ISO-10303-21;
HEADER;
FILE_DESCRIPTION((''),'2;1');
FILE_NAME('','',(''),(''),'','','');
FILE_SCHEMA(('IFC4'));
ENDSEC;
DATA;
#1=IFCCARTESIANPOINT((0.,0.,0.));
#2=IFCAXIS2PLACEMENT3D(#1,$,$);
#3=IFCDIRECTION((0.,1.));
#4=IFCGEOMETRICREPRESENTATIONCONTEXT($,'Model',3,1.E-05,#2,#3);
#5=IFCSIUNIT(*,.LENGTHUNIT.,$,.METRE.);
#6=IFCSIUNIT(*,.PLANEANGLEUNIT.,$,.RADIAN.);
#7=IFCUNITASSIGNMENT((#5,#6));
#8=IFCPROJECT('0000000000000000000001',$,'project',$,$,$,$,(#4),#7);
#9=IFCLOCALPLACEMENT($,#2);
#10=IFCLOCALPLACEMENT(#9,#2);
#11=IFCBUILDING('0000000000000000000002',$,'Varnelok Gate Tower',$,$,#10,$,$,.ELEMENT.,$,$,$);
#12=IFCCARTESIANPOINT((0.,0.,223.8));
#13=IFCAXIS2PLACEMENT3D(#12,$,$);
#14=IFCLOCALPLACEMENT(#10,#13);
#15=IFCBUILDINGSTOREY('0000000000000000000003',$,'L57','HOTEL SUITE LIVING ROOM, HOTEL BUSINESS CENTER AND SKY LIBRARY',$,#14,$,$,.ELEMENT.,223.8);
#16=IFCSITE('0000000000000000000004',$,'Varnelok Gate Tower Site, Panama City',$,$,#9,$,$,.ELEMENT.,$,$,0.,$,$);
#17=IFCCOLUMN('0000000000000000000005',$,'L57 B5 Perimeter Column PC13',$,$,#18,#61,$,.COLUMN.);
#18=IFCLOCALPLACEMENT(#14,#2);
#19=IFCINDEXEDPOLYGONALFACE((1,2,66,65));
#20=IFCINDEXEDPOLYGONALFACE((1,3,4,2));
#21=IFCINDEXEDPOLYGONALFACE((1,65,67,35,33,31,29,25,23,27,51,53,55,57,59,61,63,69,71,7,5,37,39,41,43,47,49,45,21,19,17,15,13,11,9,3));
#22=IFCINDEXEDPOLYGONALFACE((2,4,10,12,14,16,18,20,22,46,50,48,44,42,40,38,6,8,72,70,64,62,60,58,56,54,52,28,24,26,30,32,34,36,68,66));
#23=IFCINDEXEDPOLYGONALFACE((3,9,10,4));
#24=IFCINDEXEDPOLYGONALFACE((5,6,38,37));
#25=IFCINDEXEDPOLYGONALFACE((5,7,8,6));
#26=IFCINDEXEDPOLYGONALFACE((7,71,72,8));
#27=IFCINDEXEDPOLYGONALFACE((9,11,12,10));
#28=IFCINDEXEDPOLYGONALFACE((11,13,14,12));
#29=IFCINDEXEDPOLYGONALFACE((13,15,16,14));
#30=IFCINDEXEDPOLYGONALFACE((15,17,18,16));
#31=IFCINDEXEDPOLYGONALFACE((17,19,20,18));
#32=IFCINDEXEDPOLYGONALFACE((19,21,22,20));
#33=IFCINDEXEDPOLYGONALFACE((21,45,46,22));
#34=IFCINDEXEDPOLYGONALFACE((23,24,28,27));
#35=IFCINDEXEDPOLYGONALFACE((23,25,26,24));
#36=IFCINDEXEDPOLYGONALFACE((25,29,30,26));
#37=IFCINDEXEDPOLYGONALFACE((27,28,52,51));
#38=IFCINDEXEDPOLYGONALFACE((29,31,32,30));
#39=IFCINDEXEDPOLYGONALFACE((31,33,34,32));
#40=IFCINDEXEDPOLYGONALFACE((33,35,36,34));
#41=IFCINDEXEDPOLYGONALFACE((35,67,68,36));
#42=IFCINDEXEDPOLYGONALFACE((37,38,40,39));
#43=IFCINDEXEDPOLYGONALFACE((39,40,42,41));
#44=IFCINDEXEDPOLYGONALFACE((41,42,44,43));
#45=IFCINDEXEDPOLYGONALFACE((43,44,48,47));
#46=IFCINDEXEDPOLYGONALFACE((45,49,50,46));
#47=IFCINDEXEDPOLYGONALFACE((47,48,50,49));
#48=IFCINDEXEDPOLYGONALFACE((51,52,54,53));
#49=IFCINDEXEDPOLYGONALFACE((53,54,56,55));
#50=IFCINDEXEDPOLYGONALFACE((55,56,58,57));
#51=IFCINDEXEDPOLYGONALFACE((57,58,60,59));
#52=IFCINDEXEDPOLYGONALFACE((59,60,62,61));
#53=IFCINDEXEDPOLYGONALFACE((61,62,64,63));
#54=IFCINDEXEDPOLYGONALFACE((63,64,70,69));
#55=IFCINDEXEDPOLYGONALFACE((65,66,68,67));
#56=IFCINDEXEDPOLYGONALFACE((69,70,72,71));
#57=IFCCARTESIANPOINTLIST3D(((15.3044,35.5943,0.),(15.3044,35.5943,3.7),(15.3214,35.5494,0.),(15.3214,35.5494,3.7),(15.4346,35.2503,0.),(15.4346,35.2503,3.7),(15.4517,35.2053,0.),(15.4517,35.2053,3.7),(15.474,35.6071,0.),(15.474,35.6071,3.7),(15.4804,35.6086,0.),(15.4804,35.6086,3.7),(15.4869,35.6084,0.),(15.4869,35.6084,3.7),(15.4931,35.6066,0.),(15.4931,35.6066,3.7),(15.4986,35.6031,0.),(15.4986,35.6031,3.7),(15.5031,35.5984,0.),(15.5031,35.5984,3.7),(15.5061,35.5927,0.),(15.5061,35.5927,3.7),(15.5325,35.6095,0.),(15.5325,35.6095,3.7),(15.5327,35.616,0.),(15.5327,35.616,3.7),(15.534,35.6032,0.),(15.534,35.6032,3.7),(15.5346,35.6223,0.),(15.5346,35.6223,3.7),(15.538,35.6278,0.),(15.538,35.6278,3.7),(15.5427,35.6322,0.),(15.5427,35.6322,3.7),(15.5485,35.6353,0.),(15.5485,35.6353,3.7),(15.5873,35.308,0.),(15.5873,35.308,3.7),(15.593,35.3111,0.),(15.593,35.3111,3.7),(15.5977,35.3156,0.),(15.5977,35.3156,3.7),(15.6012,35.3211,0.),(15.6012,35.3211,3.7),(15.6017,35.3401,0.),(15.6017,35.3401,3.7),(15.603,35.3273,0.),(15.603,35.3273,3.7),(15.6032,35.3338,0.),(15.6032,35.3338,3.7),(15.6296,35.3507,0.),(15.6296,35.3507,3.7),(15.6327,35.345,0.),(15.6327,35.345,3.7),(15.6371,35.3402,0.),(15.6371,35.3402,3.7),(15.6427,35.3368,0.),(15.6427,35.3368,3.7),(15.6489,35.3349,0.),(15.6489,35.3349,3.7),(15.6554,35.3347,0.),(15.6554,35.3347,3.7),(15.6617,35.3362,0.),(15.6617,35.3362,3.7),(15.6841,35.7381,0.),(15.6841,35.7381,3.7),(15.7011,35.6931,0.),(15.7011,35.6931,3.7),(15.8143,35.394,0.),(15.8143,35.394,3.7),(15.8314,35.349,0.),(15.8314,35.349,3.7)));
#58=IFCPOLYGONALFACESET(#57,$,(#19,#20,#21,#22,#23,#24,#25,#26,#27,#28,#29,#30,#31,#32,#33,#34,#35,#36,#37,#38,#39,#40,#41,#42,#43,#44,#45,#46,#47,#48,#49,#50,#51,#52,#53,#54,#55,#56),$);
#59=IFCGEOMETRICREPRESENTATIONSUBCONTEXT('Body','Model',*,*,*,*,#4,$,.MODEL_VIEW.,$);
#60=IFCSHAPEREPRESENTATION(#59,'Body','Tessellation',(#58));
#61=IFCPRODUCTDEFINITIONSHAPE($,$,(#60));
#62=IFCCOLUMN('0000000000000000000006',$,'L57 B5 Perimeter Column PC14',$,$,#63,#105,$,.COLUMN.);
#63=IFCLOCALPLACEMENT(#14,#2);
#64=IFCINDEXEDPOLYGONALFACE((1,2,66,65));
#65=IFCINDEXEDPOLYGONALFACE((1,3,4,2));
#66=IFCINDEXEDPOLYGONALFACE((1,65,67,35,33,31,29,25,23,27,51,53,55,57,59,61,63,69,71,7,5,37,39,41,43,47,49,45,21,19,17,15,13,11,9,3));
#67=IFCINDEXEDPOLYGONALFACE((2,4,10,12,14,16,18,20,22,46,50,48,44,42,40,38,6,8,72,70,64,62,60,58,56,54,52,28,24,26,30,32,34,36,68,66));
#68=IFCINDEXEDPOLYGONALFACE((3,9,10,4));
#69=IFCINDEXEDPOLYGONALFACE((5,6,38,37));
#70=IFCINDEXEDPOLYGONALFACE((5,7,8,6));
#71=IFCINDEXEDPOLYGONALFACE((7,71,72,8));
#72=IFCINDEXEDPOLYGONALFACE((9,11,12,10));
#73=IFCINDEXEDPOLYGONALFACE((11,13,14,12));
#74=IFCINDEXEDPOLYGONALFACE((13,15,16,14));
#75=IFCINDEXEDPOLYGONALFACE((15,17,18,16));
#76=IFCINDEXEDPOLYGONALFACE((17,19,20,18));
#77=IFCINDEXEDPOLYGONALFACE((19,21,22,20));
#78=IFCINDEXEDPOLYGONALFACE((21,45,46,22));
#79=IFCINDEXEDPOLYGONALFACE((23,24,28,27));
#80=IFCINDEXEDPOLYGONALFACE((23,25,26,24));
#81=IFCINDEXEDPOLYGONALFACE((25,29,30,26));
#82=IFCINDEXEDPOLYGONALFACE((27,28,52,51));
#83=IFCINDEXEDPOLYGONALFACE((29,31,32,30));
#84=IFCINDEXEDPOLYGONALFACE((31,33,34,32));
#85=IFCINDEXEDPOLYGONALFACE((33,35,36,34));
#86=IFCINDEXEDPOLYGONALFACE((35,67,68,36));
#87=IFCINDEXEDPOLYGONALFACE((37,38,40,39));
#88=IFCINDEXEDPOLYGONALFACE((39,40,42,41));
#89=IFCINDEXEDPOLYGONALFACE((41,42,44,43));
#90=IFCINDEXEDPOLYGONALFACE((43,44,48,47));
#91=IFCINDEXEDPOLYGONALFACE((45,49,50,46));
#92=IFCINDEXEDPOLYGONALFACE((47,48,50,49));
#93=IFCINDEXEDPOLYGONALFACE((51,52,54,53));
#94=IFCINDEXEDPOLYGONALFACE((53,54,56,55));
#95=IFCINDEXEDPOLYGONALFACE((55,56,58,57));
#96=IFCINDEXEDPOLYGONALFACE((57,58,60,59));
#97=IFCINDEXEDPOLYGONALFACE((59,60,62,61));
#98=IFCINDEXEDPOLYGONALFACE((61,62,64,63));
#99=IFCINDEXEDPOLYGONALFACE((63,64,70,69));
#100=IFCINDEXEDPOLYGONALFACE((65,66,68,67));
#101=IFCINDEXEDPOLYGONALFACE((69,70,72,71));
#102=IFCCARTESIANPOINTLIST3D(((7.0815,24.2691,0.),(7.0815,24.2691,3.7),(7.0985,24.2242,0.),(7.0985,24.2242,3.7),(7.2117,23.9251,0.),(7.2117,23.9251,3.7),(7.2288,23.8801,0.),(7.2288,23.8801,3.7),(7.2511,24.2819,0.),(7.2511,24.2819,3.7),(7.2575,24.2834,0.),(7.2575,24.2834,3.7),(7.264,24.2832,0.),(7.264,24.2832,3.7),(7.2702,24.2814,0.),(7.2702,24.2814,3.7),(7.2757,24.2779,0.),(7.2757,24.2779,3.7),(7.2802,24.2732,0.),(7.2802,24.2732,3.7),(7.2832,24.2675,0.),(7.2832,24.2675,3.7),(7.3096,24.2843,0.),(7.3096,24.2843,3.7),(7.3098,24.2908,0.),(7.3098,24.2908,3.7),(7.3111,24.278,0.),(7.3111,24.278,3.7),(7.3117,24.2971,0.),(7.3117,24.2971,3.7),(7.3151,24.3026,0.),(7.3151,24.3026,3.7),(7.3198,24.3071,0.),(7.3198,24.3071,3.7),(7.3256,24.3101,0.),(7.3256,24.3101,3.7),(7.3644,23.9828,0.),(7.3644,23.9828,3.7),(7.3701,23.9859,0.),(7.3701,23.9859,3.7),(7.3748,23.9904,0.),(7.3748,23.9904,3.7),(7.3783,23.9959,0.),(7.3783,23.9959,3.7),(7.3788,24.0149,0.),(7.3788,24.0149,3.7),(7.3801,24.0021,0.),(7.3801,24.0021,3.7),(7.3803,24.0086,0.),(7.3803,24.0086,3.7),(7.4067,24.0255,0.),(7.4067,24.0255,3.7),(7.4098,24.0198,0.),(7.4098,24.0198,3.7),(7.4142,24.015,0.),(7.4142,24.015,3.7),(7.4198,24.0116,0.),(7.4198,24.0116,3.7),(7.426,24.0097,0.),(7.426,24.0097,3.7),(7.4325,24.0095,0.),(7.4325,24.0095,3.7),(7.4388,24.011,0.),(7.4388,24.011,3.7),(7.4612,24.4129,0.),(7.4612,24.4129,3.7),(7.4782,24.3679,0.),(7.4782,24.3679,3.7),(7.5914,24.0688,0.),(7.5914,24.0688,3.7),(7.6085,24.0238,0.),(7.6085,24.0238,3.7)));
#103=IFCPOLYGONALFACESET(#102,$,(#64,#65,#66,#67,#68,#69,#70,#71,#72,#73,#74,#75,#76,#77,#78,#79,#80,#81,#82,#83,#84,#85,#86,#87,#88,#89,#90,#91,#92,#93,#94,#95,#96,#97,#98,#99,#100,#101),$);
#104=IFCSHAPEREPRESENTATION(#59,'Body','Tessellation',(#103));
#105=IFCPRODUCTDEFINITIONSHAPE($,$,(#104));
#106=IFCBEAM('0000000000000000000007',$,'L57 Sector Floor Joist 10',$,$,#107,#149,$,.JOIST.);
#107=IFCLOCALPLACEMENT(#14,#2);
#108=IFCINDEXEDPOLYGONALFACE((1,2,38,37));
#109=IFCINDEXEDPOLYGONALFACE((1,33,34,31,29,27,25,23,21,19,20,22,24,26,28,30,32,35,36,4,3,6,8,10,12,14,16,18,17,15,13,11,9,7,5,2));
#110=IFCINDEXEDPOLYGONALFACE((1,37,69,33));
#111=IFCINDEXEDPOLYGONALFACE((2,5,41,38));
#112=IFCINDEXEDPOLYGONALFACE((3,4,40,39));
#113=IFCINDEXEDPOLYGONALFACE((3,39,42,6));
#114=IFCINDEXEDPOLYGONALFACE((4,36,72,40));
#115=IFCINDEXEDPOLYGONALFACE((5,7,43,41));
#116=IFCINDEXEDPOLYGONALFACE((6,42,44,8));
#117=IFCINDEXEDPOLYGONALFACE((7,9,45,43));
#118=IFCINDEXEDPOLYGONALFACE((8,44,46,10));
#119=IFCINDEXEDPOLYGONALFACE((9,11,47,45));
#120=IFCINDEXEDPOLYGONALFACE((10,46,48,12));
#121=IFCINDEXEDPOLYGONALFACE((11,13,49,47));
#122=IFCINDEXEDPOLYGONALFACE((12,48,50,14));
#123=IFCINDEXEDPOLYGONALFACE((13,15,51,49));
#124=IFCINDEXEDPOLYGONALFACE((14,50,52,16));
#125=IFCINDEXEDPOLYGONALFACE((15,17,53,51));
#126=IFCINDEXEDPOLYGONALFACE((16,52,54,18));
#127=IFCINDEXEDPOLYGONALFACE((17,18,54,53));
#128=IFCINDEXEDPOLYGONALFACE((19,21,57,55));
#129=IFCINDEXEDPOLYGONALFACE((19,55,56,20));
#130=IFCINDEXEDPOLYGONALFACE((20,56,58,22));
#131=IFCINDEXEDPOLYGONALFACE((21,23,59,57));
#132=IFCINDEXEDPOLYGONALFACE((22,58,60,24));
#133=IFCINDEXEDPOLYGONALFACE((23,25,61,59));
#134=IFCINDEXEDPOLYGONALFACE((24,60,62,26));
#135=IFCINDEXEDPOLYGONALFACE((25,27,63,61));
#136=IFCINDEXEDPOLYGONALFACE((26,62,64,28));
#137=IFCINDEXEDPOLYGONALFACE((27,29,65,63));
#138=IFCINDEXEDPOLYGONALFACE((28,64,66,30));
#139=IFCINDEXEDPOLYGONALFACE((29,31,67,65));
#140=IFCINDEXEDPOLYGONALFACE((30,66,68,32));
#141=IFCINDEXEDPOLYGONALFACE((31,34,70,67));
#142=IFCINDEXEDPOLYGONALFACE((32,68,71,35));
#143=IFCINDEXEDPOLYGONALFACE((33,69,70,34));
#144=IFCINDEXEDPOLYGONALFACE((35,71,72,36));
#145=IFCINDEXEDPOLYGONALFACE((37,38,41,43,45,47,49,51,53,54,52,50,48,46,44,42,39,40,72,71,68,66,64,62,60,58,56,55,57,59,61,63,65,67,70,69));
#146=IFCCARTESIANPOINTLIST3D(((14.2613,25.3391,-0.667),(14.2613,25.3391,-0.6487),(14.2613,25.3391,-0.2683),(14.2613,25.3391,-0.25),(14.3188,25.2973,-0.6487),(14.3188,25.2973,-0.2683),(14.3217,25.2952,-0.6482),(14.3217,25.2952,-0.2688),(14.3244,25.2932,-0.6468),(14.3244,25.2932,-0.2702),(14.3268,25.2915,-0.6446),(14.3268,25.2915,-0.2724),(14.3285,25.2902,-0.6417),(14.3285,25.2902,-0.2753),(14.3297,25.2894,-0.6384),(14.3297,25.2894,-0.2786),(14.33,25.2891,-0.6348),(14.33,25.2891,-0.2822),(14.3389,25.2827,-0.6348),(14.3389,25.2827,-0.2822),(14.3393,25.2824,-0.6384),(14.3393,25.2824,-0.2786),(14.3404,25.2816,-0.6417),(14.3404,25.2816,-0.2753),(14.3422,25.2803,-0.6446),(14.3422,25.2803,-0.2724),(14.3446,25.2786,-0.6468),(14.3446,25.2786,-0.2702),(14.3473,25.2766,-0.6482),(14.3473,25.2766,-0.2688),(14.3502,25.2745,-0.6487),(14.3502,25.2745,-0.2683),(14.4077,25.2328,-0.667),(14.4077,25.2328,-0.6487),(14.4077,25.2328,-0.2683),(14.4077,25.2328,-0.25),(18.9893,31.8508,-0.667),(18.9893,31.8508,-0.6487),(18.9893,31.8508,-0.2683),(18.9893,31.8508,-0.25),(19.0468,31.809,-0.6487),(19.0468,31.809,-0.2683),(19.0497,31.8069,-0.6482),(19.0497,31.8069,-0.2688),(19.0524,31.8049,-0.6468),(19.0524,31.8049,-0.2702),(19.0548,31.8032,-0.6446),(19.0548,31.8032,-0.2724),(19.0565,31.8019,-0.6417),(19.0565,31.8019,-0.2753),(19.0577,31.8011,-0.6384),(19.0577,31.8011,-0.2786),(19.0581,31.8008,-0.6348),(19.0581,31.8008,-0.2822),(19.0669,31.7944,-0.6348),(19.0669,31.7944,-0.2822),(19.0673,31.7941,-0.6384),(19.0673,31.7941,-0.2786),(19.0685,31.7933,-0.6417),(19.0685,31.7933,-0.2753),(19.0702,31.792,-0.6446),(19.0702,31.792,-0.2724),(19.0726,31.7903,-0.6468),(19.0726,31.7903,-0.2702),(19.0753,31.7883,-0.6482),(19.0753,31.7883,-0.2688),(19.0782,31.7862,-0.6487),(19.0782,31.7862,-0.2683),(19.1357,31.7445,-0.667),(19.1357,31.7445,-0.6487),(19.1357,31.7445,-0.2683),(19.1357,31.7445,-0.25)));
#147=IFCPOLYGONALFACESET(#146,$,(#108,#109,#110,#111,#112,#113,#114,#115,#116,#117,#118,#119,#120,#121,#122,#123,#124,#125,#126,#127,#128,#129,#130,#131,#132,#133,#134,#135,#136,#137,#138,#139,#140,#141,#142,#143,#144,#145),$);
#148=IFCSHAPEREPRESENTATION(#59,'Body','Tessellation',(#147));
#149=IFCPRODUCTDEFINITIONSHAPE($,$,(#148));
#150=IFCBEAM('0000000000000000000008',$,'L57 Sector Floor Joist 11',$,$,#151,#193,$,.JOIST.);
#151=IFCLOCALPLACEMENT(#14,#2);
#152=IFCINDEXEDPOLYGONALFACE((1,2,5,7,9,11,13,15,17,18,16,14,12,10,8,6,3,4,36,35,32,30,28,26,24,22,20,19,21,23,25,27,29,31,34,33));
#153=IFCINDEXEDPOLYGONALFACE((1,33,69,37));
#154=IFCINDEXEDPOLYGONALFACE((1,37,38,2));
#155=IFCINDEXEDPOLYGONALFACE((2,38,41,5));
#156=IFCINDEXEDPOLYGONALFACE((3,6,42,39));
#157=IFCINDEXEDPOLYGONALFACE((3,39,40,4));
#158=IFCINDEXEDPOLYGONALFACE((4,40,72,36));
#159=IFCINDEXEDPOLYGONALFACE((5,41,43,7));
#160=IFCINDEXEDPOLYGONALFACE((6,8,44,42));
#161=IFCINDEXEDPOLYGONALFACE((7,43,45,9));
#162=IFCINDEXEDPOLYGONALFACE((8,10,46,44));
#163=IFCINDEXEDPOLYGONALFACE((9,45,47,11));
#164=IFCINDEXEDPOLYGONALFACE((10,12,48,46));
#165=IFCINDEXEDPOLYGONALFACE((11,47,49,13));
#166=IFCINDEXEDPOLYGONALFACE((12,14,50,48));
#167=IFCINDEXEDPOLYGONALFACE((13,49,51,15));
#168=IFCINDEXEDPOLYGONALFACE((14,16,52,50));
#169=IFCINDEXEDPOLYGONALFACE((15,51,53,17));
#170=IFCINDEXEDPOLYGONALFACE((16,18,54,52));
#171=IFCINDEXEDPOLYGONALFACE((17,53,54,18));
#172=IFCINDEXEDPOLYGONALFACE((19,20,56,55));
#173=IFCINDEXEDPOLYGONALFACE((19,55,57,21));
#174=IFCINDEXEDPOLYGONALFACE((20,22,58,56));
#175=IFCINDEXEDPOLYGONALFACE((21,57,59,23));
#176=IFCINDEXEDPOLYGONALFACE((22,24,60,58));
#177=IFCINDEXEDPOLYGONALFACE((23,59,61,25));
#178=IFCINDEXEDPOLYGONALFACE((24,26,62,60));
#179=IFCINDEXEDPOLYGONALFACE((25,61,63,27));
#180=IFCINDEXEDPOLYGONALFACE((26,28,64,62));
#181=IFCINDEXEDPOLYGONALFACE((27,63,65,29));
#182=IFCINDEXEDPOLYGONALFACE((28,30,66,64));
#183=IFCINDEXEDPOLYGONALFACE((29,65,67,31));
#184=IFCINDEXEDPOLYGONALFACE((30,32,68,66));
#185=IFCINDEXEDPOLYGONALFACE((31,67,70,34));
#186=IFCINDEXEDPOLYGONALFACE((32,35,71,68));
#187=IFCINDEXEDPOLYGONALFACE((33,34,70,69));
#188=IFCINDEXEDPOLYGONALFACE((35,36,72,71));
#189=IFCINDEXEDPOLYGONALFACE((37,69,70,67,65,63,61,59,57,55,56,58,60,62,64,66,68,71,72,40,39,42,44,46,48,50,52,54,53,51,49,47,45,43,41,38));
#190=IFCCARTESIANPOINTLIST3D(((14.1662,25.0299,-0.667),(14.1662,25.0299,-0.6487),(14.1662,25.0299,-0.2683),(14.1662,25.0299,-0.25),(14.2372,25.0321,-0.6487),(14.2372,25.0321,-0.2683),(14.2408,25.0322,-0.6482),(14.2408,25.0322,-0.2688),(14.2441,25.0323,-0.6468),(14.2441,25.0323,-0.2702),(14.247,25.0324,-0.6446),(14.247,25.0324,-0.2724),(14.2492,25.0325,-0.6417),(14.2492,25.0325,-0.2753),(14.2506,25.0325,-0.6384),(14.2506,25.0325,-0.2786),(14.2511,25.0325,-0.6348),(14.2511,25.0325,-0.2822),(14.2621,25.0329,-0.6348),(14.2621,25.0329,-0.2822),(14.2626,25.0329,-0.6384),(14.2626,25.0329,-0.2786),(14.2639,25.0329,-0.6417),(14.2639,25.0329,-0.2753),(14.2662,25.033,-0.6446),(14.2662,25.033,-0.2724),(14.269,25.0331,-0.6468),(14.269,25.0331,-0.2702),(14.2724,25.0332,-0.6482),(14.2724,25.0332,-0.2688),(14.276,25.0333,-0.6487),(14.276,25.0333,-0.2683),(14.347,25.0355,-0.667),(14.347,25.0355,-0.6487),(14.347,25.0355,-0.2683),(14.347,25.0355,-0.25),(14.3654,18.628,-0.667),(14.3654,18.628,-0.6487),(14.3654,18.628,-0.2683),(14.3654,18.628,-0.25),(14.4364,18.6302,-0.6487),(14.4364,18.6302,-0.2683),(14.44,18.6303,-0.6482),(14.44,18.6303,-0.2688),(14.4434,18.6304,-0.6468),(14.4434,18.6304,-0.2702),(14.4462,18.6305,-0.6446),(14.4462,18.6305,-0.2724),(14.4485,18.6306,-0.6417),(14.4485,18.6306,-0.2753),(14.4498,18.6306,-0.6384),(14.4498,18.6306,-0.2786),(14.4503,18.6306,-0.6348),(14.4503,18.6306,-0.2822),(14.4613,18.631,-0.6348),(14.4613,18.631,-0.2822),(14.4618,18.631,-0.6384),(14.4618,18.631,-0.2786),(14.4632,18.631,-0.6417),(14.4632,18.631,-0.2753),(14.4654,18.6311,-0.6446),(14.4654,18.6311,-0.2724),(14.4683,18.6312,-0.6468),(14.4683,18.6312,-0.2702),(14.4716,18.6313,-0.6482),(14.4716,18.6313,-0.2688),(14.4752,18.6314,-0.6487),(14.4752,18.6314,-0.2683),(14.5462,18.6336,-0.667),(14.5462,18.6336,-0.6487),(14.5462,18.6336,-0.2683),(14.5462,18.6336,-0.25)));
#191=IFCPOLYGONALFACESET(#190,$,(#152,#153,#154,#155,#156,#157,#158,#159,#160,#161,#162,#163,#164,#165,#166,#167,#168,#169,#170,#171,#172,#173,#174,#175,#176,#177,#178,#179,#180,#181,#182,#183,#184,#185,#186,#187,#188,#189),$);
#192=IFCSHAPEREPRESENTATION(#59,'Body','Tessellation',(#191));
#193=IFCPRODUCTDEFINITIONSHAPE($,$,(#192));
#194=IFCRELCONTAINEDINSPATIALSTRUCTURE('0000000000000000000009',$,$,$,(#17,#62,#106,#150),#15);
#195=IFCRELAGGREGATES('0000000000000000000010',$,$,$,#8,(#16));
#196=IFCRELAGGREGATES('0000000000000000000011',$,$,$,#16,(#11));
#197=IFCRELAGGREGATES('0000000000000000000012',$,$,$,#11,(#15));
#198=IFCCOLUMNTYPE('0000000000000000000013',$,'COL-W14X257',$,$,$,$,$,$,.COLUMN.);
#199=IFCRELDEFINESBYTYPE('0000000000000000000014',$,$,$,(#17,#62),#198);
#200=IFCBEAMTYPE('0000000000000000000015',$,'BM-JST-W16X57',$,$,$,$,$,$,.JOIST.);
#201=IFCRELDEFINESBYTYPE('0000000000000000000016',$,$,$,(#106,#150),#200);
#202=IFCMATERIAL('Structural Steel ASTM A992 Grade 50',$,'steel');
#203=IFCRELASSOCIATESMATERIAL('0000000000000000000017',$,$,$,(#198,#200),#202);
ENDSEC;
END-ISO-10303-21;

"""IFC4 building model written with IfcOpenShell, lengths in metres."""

from ifc_helpers import new_model, si_unit, direction, frame, origin, origin_2d, place, context, subcontext, project, spatial, i_section, extrude, material, material_profile, profile_set, type_object, element, save


model = new_model("IFC4")

# Units and contexts
model_context = context("Model", 3, precision=1e-05, world=origin(), true_north=direction((0.0, 1.0)))
body_context = subcontext(model_context, "Body", "Model", "MODEL_VIEW")
ifc_project = project(units=[si_unit("LENGTHUNIT", "METRE"), si_unit("PLANEANGLEUNIT", "RADIAN")], contexts=[model_context])

# Site, building, storey
site_placement = place(None, origin())
site = spatial("IfcSite", under=ifc_project, at=site_placement, Name="Varnelok Gate Tower Site, Panama City", CompositionType="ELEMENT", RefElevation=0.0)
building_placement = place(site_placement, origin())
building = spatial("IfcBuilding", under=site, at=building_placement, Name="Varnelok Gate Tower", CompositionType="ELEMENT")
storey_placement = place(building_placement, frame((0.0, 0.0, 223.8)))
storey = spatial("IfcBuildingStorey", under=building, at=storey_placement, Name="L57", Description="HOTEL SUITE LIVING ROOM, HOTEL BUSINESS CENTER AND SKY LIBRARY", CompositionType="ELEMENT", Elevation=223.8)

# Columns
ifc_material_1 = material(Name="Structural Steel ASTM A992 Grade 50", Category="steel")
ifc_material_profile_1 = material_profile(ifc_material_1, i_section(OverallWidth=0.406, OverallDepth=0.416, WebThickness=0.0298, FlangeThickness=0.0481, FilletRadius=0.0249, at=origin_2d()), Name="W14X257")
ifc_profile_set_1 = profile_set([ifc_material_profile_1], Name="Structural Steel ASTM A992 Grade 50")
column_type = type_object("IfcColumnType", Name="COL-W14X257", PredefinedType="COLUMN", material=ifc_profile_set_1)
for number, where, z_axis, x_axis, name in (
    (1, (15.5679, 35.4717, 0.0), (0.0, 0.0, 1.0), (0.935222, 0.354063, 0.0), "L57 B5 Perimeter Column PC13"),
    (2, (7.345, 24.1465, 0.0), (0.0, 0.0, 1.0), (0.935222, 0.354063, 0.0), "L57 B5 Perimeter Column PC14"),
):
    element("IfcColumn", number, at=place(storey_placement, frame(where, z_axis=z_axis, x_axis=x_axis)), inside=storey, type_object=column_type, Name=name, PredefinedType="COLUMN", context=body_context, shape_type="SweptSolid", body=[
        extrude(i_section(OverallWidth=0.406, OverallDepth=0.416, WebThickness=0.0298, FlangeThickness=0.0481, FilletRadius=0.0249, at=origin_2d()), origin(), (0.0, 0.0, 1.0), 3.7),
    ])

# Beams
ifc_material_profile_2 = material_profile(ifc_material_1, i_section(OverallWidth=0.1809, OverallDepth=0.417, WebThickness=0.011, FlangeThickness=0.0183, FilletRadius=0.0139, at=origin_2d()), Name="W16X57")
ifc_profile_set_2 = profile_set([ifc_material_profile_2], Name="Structural Steel ASTM A992 Grade 50")
beam_type_1 = type_object("IfcBeamType", Name="BM-JST-W16X57", PredefinedType="JOIST", material=ifc_profile_set_2)
beam_1_placement = place(storey_placement, frame((19.0625, 31.7976, -0.4585), z_axis=(-0.58754, -0.809195, 0.0), x_axis=(0.809195, -0.58754, 0.0)))
element("IfcBeam", 3, at=beam_1_placement, inside=storey, type_object=beam_type_1, Name="L57 Sector Floor Joist 10", PredefinedType="JOIST", context=body_context, shape_type="SweptSolid", body=[
    extrude(i_section(OverallWidth=0.1809, OverallDepth=0.417, WebThickness=0.011, FlangeThickness=0.0183, FilletRadius=0.0139, at=origin_2d()), origin(), (0.0, 0.0, 1.0), 8.0471),
])
beam_2_placement = place(storey_placement, frame((14.2566, 25.0327, -0.4585), z_axis=(0.031104, -0.999516, 0.0), x_axis=(0.999516, 0.031104, 0.0)))
element("IfcBeam", 4, at=beam_2_placement, inside=storey, type_object=beam_type_1, Name="L57 Sector Floor Joist 11", PredefinedType="JOIST", context=body_context, shape_type="SweptSolid", body=[
    extrude(i_section(OverallWidth=0.1809, OverallDepth=0.417, WebThickness=0.011, FlangeThickness=0.0183, FilletRadius=0.0139, at=origin_2d()), origin(), (0.0, 0.0, 1.0), 6.405),
])

save(model, "model.ifc")
